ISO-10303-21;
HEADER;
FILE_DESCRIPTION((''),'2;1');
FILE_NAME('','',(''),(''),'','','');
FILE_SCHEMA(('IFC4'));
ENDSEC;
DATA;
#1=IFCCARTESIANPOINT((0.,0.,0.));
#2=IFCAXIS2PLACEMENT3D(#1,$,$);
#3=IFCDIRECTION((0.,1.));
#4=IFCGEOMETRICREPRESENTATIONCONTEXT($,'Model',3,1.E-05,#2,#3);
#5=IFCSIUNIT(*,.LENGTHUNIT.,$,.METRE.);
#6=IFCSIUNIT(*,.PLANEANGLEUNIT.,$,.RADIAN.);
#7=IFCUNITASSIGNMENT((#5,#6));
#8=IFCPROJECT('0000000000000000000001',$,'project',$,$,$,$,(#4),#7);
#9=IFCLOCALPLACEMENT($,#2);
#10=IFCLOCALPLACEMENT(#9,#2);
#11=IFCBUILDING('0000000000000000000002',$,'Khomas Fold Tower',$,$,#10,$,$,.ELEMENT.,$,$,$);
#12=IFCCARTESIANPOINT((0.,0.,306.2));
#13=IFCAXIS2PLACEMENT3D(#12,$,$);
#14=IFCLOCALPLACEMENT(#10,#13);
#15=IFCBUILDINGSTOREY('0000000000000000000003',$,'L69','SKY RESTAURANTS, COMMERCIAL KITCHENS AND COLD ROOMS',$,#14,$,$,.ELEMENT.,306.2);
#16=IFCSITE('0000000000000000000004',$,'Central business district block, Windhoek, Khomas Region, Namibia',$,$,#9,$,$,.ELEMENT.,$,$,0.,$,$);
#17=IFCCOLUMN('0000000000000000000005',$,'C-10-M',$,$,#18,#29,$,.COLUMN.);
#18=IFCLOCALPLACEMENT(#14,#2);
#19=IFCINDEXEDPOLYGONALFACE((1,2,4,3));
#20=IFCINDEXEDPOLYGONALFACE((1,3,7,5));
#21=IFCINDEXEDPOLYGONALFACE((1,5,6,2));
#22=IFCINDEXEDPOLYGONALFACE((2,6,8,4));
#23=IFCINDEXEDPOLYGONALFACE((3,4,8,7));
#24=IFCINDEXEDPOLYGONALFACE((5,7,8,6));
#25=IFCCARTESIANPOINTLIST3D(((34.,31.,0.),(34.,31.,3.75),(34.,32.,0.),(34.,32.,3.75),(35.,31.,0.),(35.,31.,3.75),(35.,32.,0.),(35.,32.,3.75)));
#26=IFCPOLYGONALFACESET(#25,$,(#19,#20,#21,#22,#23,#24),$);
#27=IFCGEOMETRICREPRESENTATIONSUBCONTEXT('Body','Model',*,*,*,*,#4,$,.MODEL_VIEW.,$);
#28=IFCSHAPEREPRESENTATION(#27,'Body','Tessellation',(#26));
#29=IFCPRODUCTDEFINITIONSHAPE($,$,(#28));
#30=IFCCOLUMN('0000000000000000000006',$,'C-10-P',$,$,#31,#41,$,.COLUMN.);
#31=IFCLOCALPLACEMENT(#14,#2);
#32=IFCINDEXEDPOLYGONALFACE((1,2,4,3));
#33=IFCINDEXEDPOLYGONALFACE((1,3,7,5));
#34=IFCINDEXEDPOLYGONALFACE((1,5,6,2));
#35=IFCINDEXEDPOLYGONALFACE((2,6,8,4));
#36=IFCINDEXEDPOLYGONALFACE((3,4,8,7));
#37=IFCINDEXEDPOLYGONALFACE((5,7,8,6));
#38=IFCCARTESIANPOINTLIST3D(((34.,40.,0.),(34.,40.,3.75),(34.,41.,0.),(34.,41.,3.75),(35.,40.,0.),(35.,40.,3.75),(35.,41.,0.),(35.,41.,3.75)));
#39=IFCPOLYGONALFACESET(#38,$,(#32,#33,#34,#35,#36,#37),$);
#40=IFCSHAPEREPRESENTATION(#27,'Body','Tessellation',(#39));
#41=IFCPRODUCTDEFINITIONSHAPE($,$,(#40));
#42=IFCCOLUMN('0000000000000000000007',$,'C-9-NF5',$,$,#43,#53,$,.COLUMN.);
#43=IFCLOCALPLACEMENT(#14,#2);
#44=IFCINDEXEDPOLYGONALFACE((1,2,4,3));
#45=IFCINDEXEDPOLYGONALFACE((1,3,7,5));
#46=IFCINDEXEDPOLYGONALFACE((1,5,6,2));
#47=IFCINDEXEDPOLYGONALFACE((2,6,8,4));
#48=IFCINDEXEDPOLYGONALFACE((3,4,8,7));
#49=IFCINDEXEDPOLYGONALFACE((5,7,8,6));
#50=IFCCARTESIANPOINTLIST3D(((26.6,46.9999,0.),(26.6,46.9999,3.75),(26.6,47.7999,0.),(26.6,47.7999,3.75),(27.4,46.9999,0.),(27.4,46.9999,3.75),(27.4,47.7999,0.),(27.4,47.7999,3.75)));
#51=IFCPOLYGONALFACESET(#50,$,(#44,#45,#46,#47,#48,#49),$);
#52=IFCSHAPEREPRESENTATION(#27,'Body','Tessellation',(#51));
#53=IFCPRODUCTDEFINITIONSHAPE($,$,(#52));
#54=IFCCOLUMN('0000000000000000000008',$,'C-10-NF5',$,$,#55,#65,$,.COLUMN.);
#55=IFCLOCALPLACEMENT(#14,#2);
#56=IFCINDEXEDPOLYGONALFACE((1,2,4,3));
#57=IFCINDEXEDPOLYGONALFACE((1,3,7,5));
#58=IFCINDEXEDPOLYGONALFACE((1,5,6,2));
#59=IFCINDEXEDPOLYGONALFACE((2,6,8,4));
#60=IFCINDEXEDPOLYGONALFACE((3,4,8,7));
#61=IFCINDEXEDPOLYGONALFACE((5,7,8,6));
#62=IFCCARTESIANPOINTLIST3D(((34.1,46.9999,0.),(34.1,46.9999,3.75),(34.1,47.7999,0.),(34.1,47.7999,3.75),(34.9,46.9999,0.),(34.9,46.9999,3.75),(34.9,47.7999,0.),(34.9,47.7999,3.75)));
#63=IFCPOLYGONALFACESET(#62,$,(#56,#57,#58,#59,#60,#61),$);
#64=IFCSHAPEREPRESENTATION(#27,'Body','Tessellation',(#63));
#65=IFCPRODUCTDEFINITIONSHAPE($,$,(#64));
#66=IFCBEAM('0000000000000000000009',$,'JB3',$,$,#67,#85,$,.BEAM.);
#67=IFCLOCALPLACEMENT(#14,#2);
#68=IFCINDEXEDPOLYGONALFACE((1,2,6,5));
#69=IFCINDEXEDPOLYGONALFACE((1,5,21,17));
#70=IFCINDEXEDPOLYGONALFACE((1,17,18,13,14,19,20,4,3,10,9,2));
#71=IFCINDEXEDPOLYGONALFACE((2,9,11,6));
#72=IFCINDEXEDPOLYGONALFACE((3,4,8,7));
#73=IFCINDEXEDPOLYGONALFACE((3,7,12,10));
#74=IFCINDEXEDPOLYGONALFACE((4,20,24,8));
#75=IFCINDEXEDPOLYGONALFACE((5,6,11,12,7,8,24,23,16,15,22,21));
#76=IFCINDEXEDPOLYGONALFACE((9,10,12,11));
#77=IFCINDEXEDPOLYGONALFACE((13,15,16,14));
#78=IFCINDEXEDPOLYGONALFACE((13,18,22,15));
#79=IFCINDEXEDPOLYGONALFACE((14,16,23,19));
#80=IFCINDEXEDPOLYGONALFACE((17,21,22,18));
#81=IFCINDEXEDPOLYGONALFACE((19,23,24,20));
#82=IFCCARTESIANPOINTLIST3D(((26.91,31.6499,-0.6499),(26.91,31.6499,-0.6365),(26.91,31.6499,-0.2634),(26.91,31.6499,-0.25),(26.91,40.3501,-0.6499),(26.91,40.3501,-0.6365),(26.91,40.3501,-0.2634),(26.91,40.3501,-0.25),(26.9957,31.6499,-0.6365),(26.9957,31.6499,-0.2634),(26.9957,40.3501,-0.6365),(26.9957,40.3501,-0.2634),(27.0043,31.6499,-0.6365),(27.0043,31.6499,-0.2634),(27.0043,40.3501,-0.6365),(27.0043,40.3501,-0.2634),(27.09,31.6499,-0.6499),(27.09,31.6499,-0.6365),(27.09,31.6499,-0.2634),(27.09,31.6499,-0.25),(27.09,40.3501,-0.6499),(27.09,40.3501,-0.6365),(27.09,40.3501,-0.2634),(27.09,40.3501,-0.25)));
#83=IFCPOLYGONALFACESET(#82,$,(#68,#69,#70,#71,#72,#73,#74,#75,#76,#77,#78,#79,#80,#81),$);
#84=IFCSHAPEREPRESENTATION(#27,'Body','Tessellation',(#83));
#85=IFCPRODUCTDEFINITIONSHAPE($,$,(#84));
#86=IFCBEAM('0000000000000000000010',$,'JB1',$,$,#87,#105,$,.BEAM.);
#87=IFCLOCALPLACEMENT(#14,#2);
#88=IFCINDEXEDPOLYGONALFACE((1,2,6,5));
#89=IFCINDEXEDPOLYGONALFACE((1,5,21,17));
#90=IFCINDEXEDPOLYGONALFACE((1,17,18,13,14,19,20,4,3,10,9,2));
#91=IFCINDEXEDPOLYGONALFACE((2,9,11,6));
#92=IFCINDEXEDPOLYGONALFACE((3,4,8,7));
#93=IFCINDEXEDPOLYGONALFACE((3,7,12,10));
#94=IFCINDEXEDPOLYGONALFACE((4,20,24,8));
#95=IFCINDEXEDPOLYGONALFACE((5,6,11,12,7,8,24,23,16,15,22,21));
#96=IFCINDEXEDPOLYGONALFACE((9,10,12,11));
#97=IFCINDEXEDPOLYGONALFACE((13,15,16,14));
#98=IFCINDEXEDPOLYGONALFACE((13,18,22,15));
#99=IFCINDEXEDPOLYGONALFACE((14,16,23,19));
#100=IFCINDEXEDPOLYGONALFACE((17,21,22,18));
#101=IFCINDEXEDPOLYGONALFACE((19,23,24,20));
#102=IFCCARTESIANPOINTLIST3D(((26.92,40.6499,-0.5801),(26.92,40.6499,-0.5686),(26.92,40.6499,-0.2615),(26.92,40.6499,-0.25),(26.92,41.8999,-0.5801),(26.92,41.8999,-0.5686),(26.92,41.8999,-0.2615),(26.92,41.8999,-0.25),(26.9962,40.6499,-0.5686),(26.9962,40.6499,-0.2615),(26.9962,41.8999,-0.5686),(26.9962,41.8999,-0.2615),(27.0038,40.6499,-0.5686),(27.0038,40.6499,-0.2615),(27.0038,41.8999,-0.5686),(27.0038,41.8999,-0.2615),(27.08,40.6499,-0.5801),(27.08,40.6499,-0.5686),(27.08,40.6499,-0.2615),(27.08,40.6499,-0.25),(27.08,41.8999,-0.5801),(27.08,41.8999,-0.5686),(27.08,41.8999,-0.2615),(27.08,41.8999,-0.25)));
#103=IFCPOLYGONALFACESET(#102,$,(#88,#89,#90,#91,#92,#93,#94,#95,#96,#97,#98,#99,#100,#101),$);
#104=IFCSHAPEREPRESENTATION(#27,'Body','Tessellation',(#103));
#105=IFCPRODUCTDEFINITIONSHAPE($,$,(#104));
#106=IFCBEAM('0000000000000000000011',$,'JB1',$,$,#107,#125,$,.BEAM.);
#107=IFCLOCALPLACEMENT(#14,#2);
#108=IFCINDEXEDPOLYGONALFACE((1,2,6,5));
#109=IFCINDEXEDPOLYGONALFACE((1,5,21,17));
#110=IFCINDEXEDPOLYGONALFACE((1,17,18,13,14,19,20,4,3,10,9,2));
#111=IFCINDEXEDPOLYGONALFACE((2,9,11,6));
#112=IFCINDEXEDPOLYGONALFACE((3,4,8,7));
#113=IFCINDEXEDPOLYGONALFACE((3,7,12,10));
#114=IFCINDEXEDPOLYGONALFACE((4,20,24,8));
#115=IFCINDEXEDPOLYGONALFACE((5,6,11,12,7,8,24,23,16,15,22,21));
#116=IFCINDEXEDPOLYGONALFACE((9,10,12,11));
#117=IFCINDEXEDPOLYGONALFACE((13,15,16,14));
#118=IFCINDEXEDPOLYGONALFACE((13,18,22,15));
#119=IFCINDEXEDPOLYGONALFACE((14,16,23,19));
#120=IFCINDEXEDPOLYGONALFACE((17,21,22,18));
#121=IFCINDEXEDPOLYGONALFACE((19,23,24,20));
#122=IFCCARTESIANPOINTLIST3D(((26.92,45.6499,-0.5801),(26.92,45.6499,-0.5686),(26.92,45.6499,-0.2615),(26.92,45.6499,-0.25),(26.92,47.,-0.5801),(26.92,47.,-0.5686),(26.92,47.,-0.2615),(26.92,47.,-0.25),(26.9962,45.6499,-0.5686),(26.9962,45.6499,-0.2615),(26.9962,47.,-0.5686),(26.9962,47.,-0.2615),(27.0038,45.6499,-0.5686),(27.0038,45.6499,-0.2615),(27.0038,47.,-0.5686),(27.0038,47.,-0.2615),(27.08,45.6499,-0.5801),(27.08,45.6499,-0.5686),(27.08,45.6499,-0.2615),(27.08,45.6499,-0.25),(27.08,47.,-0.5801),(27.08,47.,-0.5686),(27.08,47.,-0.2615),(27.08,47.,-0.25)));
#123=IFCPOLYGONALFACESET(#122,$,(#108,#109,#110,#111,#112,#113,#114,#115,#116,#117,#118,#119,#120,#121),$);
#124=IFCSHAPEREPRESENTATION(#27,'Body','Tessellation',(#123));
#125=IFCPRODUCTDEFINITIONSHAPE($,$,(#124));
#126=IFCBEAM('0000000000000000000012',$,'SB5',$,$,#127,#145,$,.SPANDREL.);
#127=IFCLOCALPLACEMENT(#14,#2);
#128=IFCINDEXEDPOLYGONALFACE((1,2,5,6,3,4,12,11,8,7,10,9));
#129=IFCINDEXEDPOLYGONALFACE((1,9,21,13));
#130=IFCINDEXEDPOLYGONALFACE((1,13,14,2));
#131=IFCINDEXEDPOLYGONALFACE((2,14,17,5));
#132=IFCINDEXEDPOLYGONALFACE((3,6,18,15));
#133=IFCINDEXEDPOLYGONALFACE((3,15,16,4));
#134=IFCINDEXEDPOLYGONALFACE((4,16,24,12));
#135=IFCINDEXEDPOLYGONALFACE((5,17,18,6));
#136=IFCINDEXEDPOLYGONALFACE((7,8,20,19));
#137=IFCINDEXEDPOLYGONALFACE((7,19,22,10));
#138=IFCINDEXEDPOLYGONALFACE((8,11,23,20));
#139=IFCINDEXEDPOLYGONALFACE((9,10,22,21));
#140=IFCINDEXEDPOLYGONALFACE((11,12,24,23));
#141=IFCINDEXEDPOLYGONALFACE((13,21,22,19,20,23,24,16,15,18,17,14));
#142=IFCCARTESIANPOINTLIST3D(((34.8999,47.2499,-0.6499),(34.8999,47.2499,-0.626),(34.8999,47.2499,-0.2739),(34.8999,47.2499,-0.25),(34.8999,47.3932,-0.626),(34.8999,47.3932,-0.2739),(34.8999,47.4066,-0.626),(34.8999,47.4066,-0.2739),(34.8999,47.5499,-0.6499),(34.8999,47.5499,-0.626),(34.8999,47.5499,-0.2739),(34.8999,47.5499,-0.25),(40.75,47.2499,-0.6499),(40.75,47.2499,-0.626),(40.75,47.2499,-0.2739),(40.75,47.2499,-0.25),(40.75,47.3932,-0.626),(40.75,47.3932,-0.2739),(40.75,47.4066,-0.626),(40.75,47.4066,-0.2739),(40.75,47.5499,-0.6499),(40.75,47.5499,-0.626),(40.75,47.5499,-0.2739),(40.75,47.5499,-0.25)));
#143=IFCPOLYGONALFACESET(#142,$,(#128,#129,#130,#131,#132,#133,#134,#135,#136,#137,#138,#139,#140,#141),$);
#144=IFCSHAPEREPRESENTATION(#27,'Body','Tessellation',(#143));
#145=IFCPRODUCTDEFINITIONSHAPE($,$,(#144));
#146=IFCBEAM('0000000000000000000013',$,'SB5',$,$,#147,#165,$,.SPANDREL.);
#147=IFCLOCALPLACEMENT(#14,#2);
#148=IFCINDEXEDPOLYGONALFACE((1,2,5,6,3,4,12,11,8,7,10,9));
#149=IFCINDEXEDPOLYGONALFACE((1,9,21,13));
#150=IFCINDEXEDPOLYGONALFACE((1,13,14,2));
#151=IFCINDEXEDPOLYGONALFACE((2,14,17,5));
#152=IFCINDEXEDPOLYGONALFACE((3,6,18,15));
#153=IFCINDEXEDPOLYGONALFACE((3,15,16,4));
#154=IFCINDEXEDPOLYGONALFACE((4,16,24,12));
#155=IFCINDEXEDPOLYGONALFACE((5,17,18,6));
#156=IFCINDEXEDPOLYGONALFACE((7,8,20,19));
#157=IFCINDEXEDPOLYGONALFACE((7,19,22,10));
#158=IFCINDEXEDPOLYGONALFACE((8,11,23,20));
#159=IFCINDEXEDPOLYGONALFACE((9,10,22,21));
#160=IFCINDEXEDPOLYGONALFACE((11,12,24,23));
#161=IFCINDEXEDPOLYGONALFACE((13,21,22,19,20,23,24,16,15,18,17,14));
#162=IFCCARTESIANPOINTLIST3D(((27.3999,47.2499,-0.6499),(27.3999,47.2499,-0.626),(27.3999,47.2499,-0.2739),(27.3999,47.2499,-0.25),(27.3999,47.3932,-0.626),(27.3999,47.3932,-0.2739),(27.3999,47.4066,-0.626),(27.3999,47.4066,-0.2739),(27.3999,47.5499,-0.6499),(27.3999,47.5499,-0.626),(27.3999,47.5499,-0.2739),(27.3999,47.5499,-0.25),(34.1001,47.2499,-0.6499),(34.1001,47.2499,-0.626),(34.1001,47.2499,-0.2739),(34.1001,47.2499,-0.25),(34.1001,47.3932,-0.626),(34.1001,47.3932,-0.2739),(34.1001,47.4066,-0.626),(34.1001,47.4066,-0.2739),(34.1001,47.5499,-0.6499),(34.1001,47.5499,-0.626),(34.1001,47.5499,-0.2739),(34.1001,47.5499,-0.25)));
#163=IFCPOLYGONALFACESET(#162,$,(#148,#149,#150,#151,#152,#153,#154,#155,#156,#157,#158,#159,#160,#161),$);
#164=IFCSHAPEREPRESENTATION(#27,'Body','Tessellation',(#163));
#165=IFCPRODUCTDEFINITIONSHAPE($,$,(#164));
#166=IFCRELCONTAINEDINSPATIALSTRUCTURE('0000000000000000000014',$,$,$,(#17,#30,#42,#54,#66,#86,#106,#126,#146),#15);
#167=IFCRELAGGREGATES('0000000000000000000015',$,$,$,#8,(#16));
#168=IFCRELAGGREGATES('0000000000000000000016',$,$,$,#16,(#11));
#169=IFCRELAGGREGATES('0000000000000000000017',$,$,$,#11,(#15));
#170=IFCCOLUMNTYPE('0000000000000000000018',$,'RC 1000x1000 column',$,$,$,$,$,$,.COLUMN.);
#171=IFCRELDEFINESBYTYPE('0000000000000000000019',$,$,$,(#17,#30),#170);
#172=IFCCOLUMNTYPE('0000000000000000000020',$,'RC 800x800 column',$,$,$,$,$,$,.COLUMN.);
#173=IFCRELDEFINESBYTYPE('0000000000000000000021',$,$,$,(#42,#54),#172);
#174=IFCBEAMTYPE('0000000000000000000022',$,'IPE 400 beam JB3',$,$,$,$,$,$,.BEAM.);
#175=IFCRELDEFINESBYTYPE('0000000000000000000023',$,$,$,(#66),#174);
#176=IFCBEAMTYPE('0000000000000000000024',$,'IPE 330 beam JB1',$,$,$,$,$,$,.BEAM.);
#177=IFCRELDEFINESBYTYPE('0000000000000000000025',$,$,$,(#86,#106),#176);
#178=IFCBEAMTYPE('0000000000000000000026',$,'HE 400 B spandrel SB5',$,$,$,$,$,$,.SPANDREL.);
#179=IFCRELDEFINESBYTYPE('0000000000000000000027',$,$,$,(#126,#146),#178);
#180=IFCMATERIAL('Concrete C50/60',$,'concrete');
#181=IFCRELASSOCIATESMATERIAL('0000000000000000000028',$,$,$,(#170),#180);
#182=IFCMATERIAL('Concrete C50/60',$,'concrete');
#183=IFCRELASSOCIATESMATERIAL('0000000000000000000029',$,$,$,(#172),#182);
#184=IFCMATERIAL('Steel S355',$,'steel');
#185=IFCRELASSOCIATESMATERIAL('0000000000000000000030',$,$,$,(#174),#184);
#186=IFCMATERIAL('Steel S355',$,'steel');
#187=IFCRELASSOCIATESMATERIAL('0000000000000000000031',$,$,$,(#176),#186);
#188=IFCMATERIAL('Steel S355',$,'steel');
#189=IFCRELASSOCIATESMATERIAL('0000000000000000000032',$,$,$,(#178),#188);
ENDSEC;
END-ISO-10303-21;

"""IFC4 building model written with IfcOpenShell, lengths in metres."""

from ifc_helpers import new_model, si_unit, direction, frame, origin, origin_2d, place, context, subcontext, project, spatial, rectangle, i_section, extrude, source, transform, mapped, material, material_profile, profile_set, type_object, element, save


model = new_model("IFC4")

# Units and contexts
model_context = context("Model", 3, precision=1e-05, world=origin(), true_north=direction((0.0, 1.0)))
body_context = subcontext(model_context, "Body", "Model", "MODEL_VIEW")
ifc_project = project(units=[si_unit("LENGTHUNIT", "METRE"), si_unit("PLANEANGLEUNIT", "RADIAN")], contexts=[model_context])

# Site, building, storey
site_placement = place(None, origin())
site = spatial("IfcSite", under=ifc_project, at=site_placement, Name="Central business district block, Windhoek, Khomas Region, Namibia", CompositionType="ELEMENT", RefElevation=0.0)
building_placement = place(site_placement, origin())
building = spatial("IfcBuilding", under=site, at=building_placement, Name="Khomas Fold Tower", CompositionType="ELEMENT")
storey_placement = place(building_placement, frame((0.0, 0.0, 306.2)))
storey = spatial("IfcBuildingStorey", under=building, at=storey_placement, Name="L69", Description="SKY RESTAURANTS, COMMERCIAL KITCHENS AND COLD ROOMS", CompositionType="ELEMENT", Elevation=306.2)

# Columns
ifc_material_1 = material(Name="Concrete C50/60", Category="concrete")
ifc_material_profile_1 = material_profile(ifc_material_1, rectangle(XDim=1.0, YDim=1.0, at=origin_2d()), Name="RC 1000x1000")
ifc_profile_set_1 = profile_set([ifc_material_profile_1], Name="Concrete C50/60")
column_type_1 = type_object("IfcColumnType", Name="RC 1000x1000 column", PredefinedType="COLUMN", material=ifc_profile_set_1)
shared_shape_1 = source(origin(), body_context, "Body", "SweptSolid", [
    extrude(rectangle(XDim=1.0, YDim=1.0, at=origin_2d()), origin(), (0.0, 0.0, 1.0), 3.75),
])
for number, where, z_axis, x_axis, name in (
    (1, (34.5, 31.5, 0.0), (0.0, 0.0, 1.0), (1.0, 0.0, 0.0), "C-10-M"),
    (2, (34.5, 40.5, 0.0), (0.0, 0.0, 1.0), (1.0, 0.0, 0.0), "C-10-P"),
):
    element("IfcColumn", number, at=place(storey_placement, frame(where, z_axis=z_axis, x_axis=x_axis)), inside=storey, type_object=column_type_1, Name=name, PredefinedType="COLUMN", context=body_context, shape_type="MappedRepresentation", body=[
        mapped(shared_shape_1, transform((0.0, 0.0, 0.0))),
    ])
ifc_material_2 = material(Name="Concrete C50/60", Category="concrete")
ifc_material_profile_2 = material_profile(ifc_material_2, rectangle(XDim=0.8, YDim=0.8, at=origin_2d()), Name="RC 800x800")
ifc_profile_set_2 = profile_set([ifc_material_profile_2], Name="Concrete C50/60")
column_type_2 = type_object("IfcColumnType", Name="RC 800x800 column", PredefinedType="COLUMN", material=ifc_profile_set_2)
shared_shape_2 = source(origin(), body_context, "Body", "SweptSolid", [
    extrude(rectangle(XDim=0.8, YDim=0.8, at=origin_2d()), origin(), (0.0, 0.0, 1.0), 3.75),
])
for number, where, z_axis, x_axis, name in (
    (3, (27.0, 47.3999, 0.0), (0.0, 0.0, 1.0), (1.0, 0.0, 0.0), "C-9-NF5"),
    (4, (34.5, 47.3999, 0.0), (0.0, 0.0, 1.0), (1.0, 0.0, 0.0), "C-10-NF5"),
):
    element("IfcColumn", number, at=place(storey_placement, frame(where, z_axis=z_axis, x_axis=x_axis)), inside=storey, type_object=column_type_2, Name=name, PredefinedType="COLUMN", context=body_context, shape_type="MappedRepresentation", body=[
        mapped(shared_shape_2, transform((0.0, 0.0, 0.0))),
    ])

# Beams
ifc_material_3 = material(Name="Steel S355", Category="steel")
ifc_material_profile_3 = material_profile(ifc_material_3, i_section(OverallWidth=0.1799, OverallDepth=0.3999, WebThickness=0.0085, FlangeThickness=0.0134, at=origin_2d()), Name="IPE 400")
ifc_profile_set_3 = profile_set([ifc_material_profile_3], Name="Steel S355")
beam_type_1 = type_object("IfcBeamType", Name="IPE 400 beam JB3", PredefinedType="BEAM", material=ifc_profile_set_3)
shared_shape_3 = source(origin(), body_context, "Body", "SweptSolid", [
    extrude(i_section(OverallWidth=0.1799, OverallDepth=0.3999, WebThickness=0.0085, FlangeThickness=0.0134, at=origin_2d()), origin(), (0.0, 0.0, 1.0), 8.7002),
])
beam_1_placement = place(storey_placement, frame((27.0, 31.6499, -0.45), z_axis=(0.0, 1.0, 0.0), x_axis=(-1.0, 0.0, 0.0)))
element("IfcBeam", 5, at=beam_1_placement, inside=storey, type_object=beam_type_1, Name="JB3", PredefinedType="BEAM", context=body_context, shape_type="MappedRepresentation", body=[
    mapped(shared_shape_3, transform((0.0, 0.0, 0.0))),
])
ifc_material_4 = material(Name="Steel S355", Category="steel")
ifc_material_profile_4 = material_profile(ifc_material_4, i_section(OverallWidth=0.1599, OverallDepth=0.3301, WebThickness=0.0076, FlangeThickness=0.0115, at=origin_2d()), Name="IPE 330")
ifc_profile_set_4 = profile_set([ifc_material_profile_4], Name="Steel S355")
beam_type_2 = type_object("IfcBeamType", Name="IPE 330 beam JB1", PredefinedType="BEAM", material=ifc_profile_set_4)
shared_shape_4 = source(origin(), body_context, "Body", "SweptSolid", [
    extrude(i_section(OverallWidth=0.1599, OverallDepth=0.3301, WebThickness=0.0076, FlangeThickness=0.0115, at=origin_2d()), origin(), (0.0, 0.0, 1.0), 1.25),
])
beam_2_placement = place(storey_placement, frame((27.0, 40.6499, -0.415), z_axis=(0.0, 1.0, 0.0), x_axis=(-1.0, 0.0, 0.0)))
element("IfcBeam", 6, at=beam_2_placement, inside=storey, type_object=beam_type_2, Name="JB1", PredefinedType="BEAM", context=body_context, shape_type="MappedRepresentation", body=[
    mapped(shared_shape_4, transform((0.0, 0.0, 0.0))),
])
shared_shape_5 = source(origin(), body_context, "Body", "SweptSolid", [
    extrude(i_section(OverallWidth=0.1599, OverallDepth=0.3301, WebThickness=0.0076, FlangeThickness=0.0115, at=origin_2d()), origin(), (0.0, 0.0, 1.0), 1.3501),
])
beam_3_placement = place(storey_placement, frame((27.0, 45.6499, -0.415), z_axis=(0.0, 1.0, 0.0), x_axis=(-1.0, 0.0, 0.0)))
element("IfcBeam", 7, at=beam_3_placement, inside=storey, type_object=beam_type_2, Name="JB1", PredefinedType="BEAM", context=body_context, shape_type="MappedRepresentation", body=[
    mapped(shared_shape_5, transform((0.0, 0.0, 0.0))),
])
ifc_material_5 = material(Name="Steel S355", Category="steel")
ifc_material_profile_5 = material_profile(ifc_material_5, i_section(OverallWidth=0.3, OverallDepth=0.3999, WebThickness=0.0134, FlangeThickness=0.0239, at=origin_2d()), Name="HE 400 B")
ifc_profile_set_5 = profile_set([ifc_material_profile_5], Name="Steel S355")
beam_type_3 = type_object("IfcBeamType", Name="HE 400 B spandrel SB5", PredefinedType="SPANDREL", material=ifc_profile_set_5)
shared_shape_6 = source(origin(), body_context, "Body", "SweptSolid", [
    extrude(i_section(OverallWidth=0.3, OverallDepth=0.3999, WebThickness=0.0134, FlangeThickness=0.0239, at=origin_2d()), origin(), (0.0, 0.0, 1.0), 5.8501),
])
beam_4_placement = place(storey_placement, frame((34.8999, 47.3999, -0.45), z_axis=(1.0, 0.0, 0.0), x_axis=(0.0, 1.0, 0.0)))
element("IfcBeam", 8, at=beam_4_placement, inside=storey, type_object=beam_type_3, Name="SB5", PredefinedType="SPANDREL", context=body_context, shape_type="MappedRepresentation", body=[
    mapped(shared_shape_6, transform((0.0, 0.0, 0.0))),
])
shared_shape_7 = source(origin(), body_context, "Body", "SweptSolid", [
    extrude(i_section(OverallWidth=0.3, OverallDepth=0.3999, WebThickness=0.0134, FlangeThickness=0.0239, at=origin_2d()), origin(), (0.0, 0.0, 1.0), 6.7002),
])
beam_5_placement = place(storey_placement, frame((27.3999, 47.3999, -0.45), z_axis=(1.0, 0.0, 0.0), x_axis=(0.0, 1.0, 0.0)))
element("IfcBeam", 9, at=beam_5_placement, inside=storey, type_object=beam_type_3, Name="SB5", PredefinedType="SPANDREL", context=body_context, shape_type="MappedRepresentation", body=[
    mapped(shared_shape_7, transform((0.0, 0.0, 0.0))),
])

save(model, "model.ifc")
